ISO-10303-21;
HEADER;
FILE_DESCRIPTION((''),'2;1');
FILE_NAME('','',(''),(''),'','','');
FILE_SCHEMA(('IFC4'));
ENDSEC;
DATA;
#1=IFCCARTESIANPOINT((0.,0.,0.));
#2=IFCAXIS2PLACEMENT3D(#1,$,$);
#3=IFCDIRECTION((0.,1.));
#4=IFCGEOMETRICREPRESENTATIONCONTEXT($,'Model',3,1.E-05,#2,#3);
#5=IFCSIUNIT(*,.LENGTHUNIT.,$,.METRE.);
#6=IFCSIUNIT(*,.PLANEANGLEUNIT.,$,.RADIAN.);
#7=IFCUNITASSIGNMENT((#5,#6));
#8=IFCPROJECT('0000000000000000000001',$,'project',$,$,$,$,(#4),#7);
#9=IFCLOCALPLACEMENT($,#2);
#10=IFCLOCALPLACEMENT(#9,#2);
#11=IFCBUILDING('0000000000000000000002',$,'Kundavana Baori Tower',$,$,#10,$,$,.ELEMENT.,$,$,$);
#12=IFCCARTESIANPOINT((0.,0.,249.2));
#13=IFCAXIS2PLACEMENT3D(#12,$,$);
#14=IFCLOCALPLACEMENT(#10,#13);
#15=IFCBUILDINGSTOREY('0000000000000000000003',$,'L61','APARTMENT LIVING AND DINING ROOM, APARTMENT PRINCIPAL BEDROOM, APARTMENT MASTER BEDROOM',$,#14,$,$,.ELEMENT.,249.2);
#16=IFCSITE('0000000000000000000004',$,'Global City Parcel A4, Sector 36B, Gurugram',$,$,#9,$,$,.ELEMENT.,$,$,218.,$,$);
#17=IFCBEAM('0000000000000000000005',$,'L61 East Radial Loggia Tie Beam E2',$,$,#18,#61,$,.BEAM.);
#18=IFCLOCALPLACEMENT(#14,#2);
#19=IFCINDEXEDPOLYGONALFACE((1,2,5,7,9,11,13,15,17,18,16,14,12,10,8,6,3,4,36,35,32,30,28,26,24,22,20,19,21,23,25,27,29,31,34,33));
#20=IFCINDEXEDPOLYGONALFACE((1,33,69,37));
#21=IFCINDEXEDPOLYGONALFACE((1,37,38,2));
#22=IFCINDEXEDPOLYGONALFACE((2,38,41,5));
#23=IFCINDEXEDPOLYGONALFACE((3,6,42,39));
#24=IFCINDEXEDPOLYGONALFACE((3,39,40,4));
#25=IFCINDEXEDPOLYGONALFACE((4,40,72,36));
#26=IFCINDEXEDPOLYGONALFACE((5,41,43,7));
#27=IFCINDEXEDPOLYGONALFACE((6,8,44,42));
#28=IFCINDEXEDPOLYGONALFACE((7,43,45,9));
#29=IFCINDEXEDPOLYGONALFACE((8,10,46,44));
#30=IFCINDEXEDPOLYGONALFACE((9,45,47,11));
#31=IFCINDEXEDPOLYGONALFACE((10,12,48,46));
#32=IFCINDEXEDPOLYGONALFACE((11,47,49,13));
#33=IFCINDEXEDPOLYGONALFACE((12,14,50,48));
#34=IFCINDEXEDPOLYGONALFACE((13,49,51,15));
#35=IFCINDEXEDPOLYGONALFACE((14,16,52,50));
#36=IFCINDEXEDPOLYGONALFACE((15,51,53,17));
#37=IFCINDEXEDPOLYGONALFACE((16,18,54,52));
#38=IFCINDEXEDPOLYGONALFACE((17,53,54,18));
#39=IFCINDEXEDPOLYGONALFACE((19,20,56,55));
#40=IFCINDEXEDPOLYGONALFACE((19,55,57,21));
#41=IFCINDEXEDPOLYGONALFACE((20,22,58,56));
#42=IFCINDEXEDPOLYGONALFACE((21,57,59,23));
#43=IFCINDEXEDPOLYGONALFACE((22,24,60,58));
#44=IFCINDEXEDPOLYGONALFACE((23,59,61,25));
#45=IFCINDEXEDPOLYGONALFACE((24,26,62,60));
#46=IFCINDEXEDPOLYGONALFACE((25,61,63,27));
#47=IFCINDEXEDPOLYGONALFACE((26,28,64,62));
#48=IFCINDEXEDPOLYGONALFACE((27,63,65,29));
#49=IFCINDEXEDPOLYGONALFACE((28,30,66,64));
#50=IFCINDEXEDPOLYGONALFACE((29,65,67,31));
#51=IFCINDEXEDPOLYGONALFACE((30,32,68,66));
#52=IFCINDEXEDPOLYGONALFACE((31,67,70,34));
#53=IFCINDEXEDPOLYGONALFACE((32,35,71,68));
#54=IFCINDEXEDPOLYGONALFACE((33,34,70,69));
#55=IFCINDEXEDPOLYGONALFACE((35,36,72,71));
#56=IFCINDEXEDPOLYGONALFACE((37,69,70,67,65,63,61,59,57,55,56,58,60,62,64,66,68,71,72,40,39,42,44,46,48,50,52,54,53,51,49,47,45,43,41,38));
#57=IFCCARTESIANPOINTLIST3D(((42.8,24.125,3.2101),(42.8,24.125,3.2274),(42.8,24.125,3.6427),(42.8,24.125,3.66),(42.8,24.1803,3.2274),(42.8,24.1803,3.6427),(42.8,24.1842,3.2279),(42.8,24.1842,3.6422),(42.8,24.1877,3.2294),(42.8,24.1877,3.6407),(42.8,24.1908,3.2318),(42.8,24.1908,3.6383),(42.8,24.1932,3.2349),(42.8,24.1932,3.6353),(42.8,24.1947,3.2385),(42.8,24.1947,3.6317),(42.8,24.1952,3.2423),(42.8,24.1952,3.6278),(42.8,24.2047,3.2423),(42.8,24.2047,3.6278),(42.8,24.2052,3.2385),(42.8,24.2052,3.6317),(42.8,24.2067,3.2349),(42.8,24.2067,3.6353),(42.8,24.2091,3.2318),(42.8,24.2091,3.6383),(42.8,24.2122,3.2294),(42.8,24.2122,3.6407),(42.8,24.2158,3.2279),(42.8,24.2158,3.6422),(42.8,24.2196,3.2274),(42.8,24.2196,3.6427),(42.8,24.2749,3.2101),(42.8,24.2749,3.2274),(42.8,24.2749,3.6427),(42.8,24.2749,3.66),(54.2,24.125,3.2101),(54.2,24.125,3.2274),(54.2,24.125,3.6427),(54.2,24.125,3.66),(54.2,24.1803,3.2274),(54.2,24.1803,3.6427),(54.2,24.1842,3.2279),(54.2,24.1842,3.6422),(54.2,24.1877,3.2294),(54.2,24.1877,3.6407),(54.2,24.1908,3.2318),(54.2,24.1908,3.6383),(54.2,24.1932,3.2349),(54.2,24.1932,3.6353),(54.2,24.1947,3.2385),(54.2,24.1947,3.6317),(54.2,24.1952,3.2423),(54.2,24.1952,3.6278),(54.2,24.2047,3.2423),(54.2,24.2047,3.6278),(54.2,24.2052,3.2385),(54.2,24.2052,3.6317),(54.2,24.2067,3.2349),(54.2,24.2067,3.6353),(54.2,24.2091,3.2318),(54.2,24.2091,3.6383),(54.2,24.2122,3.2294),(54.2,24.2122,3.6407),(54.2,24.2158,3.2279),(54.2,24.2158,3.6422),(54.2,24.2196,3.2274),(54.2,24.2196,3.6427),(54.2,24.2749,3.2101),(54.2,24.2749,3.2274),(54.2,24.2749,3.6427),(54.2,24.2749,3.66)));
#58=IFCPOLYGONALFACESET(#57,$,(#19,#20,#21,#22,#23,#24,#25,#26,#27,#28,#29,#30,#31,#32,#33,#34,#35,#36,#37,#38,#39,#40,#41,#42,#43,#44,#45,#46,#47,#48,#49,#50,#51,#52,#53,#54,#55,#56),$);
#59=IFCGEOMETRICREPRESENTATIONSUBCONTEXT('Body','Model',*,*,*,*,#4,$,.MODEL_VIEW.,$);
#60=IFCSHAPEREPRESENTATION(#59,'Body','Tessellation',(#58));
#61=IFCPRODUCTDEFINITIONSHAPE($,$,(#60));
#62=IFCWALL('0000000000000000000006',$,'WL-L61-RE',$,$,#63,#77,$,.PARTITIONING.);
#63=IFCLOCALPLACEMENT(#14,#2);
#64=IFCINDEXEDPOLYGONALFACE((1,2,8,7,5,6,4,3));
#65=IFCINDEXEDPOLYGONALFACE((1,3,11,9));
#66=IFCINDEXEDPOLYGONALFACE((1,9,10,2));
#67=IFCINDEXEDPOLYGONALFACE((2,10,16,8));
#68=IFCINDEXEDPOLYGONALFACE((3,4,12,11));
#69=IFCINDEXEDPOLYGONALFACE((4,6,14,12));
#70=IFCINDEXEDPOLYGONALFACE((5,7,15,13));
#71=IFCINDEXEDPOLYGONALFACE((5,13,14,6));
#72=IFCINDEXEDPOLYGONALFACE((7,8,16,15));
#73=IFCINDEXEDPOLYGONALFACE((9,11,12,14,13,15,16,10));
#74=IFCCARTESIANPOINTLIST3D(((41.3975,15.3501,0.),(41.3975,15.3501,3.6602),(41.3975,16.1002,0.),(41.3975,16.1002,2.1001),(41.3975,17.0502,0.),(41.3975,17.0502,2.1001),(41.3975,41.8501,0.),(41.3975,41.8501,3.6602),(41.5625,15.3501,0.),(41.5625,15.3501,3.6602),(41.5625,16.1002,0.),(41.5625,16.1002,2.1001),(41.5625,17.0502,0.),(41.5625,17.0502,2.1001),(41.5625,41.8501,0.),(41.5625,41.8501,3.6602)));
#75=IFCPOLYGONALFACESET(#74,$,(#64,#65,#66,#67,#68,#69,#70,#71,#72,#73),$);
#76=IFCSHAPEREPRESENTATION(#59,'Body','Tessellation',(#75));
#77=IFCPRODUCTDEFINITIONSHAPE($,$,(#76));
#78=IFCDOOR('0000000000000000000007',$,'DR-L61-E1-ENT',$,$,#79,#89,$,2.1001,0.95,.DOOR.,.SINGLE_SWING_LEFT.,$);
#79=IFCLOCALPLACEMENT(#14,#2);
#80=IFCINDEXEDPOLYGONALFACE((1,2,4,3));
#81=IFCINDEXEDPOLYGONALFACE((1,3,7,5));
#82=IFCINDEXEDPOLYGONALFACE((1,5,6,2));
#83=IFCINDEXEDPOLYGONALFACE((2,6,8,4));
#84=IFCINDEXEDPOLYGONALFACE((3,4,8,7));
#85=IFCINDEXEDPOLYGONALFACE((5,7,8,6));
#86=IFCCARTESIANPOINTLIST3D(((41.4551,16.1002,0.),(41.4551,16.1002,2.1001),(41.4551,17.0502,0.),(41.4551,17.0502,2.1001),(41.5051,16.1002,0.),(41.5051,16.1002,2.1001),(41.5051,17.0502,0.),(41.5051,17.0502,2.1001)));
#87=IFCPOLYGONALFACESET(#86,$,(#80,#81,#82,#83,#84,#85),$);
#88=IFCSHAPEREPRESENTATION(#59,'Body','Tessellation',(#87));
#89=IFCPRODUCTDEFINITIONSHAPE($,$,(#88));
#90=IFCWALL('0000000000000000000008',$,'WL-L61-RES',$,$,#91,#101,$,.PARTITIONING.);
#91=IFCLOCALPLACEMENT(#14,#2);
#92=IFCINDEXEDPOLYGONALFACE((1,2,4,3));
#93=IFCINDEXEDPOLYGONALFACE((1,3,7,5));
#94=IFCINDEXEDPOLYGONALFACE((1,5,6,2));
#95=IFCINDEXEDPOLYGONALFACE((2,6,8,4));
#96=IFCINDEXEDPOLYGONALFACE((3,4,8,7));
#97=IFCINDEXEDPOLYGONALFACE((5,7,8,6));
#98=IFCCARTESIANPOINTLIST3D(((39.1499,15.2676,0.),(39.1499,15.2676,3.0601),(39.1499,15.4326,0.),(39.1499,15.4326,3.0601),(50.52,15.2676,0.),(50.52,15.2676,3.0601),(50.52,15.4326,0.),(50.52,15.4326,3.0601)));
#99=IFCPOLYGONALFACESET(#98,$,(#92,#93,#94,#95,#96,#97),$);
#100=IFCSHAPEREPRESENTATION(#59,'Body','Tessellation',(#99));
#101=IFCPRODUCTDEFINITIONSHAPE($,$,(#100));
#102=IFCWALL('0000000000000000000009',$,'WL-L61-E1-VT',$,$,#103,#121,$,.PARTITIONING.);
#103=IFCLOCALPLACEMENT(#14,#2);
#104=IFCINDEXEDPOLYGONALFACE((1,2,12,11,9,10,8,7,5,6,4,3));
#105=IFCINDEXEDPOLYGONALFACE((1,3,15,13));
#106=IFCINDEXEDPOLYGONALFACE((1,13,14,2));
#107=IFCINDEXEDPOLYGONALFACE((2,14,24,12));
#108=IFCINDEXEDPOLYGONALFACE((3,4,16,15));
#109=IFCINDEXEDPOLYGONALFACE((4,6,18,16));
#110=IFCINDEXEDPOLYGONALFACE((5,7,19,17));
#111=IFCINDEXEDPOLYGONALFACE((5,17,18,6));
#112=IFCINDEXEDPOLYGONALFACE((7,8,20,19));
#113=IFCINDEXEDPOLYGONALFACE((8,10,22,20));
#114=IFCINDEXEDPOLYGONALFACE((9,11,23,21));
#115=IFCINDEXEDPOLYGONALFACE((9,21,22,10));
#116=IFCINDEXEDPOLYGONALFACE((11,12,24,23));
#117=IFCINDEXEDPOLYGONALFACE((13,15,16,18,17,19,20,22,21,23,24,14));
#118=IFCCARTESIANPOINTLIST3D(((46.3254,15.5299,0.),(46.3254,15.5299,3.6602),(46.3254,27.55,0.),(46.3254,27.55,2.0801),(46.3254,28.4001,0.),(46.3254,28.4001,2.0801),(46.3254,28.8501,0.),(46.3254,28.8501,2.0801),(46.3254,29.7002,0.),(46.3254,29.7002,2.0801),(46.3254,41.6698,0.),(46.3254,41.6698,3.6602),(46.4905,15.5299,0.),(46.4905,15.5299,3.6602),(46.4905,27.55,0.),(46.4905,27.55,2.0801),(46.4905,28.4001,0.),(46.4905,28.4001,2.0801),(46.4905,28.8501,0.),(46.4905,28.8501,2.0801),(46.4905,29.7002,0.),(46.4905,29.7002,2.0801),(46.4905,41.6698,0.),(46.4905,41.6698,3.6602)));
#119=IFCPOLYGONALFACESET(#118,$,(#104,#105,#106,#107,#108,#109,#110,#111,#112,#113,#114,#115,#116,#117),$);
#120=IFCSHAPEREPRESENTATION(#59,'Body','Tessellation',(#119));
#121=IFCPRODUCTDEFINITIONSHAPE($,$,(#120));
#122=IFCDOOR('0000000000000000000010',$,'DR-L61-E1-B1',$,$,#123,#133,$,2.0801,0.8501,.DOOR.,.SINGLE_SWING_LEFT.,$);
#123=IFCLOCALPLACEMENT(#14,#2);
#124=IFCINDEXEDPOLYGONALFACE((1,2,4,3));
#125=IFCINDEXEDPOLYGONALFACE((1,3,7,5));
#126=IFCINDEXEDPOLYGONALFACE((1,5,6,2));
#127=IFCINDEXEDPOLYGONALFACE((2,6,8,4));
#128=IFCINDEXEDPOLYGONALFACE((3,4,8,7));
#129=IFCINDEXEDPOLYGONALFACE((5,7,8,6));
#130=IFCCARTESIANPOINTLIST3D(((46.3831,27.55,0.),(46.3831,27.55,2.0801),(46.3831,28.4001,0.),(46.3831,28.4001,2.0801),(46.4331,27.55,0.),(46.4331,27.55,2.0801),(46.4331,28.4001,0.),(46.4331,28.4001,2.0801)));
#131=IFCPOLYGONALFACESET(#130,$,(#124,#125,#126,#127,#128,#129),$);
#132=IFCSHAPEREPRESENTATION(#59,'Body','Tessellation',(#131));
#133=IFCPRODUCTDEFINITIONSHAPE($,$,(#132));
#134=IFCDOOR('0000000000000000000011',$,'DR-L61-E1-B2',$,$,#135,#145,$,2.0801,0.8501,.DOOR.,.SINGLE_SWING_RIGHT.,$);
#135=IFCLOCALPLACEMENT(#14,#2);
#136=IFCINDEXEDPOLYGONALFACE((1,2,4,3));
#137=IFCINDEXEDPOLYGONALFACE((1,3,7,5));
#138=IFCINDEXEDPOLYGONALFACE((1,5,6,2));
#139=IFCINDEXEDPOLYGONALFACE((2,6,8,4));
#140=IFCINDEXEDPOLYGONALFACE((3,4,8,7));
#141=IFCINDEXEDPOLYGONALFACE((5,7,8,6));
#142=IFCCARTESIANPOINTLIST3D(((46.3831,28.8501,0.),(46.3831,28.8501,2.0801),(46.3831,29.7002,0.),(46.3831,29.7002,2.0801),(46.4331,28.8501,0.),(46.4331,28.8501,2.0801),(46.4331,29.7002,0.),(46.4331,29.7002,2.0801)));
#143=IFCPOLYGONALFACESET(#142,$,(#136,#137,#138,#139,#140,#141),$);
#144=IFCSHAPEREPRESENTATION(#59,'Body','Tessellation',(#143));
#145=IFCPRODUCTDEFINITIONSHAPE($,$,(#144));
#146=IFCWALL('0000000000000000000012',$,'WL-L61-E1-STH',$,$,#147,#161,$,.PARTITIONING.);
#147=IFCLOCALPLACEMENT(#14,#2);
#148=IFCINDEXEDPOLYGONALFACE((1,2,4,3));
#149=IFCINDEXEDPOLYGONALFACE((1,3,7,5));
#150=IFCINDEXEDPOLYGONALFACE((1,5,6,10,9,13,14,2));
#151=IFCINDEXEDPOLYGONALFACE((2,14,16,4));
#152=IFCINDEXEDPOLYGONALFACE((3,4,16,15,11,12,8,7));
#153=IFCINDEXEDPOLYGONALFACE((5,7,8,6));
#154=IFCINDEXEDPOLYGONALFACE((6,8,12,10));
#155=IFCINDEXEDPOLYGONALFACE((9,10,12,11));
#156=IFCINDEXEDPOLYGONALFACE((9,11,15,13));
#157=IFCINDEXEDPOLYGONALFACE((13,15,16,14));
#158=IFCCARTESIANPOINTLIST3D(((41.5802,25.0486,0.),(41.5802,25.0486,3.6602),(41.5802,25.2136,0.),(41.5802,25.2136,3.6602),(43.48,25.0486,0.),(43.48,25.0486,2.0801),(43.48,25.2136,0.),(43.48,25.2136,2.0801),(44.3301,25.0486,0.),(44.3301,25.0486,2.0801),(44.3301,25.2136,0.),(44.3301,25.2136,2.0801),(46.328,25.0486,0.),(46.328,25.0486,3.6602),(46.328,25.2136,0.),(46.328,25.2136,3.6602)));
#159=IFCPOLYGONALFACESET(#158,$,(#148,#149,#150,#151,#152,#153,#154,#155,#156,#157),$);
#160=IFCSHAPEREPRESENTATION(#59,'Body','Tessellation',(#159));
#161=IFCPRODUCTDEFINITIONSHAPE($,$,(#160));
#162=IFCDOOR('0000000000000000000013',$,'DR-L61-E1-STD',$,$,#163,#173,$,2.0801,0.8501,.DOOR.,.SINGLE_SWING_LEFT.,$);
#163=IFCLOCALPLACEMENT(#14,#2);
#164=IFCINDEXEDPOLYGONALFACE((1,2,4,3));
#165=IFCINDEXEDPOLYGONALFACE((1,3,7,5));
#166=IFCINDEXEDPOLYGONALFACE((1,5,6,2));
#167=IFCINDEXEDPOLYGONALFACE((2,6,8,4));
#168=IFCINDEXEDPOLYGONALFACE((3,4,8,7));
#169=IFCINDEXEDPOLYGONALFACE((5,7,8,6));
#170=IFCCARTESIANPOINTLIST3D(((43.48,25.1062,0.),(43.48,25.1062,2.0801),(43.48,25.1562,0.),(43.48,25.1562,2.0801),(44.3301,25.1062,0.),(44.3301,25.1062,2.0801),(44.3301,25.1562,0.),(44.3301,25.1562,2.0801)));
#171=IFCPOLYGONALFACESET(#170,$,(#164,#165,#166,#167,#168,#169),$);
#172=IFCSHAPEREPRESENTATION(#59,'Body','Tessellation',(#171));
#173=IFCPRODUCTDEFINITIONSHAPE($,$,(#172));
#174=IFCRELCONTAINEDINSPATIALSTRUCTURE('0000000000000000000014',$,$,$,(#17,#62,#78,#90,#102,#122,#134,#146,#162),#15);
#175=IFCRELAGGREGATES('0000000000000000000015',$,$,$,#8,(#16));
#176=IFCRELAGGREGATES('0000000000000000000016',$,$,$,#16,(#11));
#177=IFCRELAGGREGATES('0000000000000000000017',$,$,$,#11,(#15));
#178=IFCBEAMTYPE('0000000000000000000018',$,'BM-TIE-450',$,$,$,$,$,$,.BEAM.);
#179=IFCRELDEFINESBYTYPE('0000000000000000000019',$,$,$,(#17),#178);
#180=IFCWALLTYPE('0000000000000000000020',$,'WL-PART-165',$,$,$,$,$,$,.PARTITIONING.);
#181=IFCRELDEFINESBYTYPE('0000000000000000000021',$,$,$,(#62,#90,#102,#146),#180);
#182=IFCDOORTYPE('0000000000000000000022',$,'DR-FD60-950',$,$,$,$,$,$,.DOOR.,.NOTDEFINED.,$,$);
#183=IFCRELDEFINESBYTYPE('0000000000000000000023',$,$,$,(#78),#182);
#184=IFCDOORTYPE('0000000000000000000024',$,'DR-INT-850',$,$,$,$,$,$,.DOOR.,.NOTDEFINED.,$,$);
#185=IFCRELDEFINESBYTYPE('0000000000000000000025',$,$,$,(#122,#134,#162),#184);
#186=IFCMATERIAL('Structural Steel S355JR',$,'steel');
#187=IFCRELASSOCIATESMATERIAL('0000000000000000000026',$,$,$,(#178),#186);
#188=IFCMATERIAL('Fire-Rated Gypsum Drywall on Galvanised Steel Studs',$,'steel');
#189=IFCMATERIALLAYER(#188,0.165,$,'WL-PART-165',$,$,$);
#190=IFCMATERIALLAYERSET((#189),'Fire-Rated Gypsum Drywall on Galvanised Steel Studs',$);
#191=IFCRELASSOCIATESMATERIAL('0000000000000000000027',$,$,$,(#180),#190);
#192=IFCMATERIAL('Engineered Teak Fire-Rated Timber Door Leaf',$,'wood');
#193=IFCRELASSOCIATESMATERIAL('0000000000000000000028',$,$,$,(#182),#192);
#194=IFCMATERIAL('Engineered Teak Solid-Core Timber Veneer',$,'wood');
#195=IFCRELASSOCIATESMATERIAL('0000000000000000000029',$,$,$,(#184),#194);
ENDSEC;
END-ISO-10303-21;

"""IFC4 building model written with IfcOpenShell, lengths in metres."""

from ifc_helpers import new_model, si_unit, direction, frame, frame_2d, origin, origin_2d, place, context, subcontext, project, spatial, rectangle, i_section, extrude, material, layer, layer_set, material_profile, profile_set, type_object, element, fill, save


model = new_model("IFC4")

# Units and contexts
model_context = context("Model", 3, precision=1e-05, world=origin(), true_north=direction((0.0, 1.0)))
body_context = subcontext(model_context, "Body", "Model", "MODEL_VIEW")
ifc_project = project(units=[si_unit("LENGTHUNIT", "METRE"), si_unit("PLANEANGLEUNIT", "RADIAN")], contexts=[model_context])

# Site, building, storey
site_placement = place(None, origin())
site = spatial("IfcSite", under=ifc_project, at=site_placement, Name="Global City Parcel A4, Sector 36B, Gurugram", CompositionType="ELEMENT", RefElevation=218.0)
building_placement = place(site_placement, origin())
building = spatial("IfcBuilding", under=site, at=building_placement, Name="Kundavana Baori Tower", CompositionType="ELEMENT")
storey_placement = place(building_placement, frame((0.0, 0.0, 249.2)))
storey = spatial("IfcBuildingStorey", under=building, at=storey_placement, Name="L61", Description="APARTMENT LIVING AND DINING ROOM, APARTMENT PRINCIPAL BEDROOM, APARTMENT MASTER BEDROOM", CompositionType="ELEMENT", Elevation=249.2)

# Beam
ifc_material_1 = material(Name="Structural Steel S355JR", Category="steel")
ifc_material_profile_1 = material_profile(ifc_material_1, i_section(OverallWidth=0.1499, OverallDepth=0.45, WebThickness=0.0095, FlangeThickness=0.0173, FilletRadius=0.0149, at=origin_2d()), Name="ISMB 450")
ifc_profile_set_1 = profile_set([ifc_material_profile_1], Name="Structural Steel S355JR")
beam_type_1 = type_object("IfcBeamType", Name="BM-TIE-450", PredefinedType="BEAM", material=ifc_profile_set_1)
beam_1_placement = place(storey_placement, frame((42.8, 24.2, 3.4351), z_axis=(1.0, 0.0, 0.0), x_axis=(0.0, 1.0, 0.0)))
element("IfcBeam", 1, at=beam_1_placement, inside=storey, type_object=beam_type_1, Name="L61 East Radial Loggia Tie Beam E2", PredefinedType="BEAM", context=body_context, shape_type="SweptSolid", body=[
    extrude(i_section(OverallWidth=0.1499, OverallDepth=0.45, WebThickness=0.0095, FlangeThickness=0.0173, FilletRadius=0.0149, at=origin_2d()), origin(), (0.0, 0.0, 1.0), 11.3999),
])

# Wall, opening, door
ifc_material_2 = material(Name="Fire-Rated Gypsum Drywall on Galvanised Steel Studs", Category="steel")
ifc_layer_1 = layer(ifc_material_2, 0.165, Name="WL-PART-165")
ifc_layer_set_1 = layer_set([ifc_layer_1], Name="Fire-Rated Gypsum Drywall on Galvanised Steel Studs")
wall_type_1 = type_object("IfcWallType", Name="WL-PART-165", PredefinedType="PARTITIONING", material=ifc_layer_set_1)
wall_1_placement = place(storey_placement, frame((41.48, 15.3501, 0.0), z_axis=(0.0, 0.0, 1.0), x_axis=(0.0, 1.0, 0.0)))
wall_1 = element("IfcWall", 2, at=wall_1_placement, inside=storey, type_object=wall_type_1, Name="WL-L61-RE", PredefinedType="PARTITIONING", context=body_context, shape_type="SweptSolid", body=[
    extrude(rectangle(XDim=26.5, YDim=0.165, at=frame_2d((13.25, 0.0))), origin(), (0.0, 0.0, 1.0), 3.6602),
])
opening_1_placement = place(wall_1_placement, frame((0.75, 0.0, 0.0)))
opening_1 = element("IfcOpeningElement", 3, at=opening_1_placement, cuts=wall_1, PredefinedType="OPENING", context=body_context, shape_type="SweptSolid", body=[
    extrude(rectangle(XDim=0.95, YDim=2.1001, at=frame_2d((0.4751, 1.05))), frame((0.0, 0.0925, 0.0), z_axis=(0.0, -1.0, 0.0), x_axis=(1.0, 0.0, 0.0)), (0.0, 0.0, 1.0), 0.1851),
])
ifc_material_3 = material(Name="Engineered Teak Fire-Rated Timber Door Leaf", Category="wood")
door_type_1 = type_object("IfcDoorType", Name="DR-FD60-950", OperationType="NOTDEFINED", PredefinedType="DOOR", material=ifc_material_3)
door_1_placement = place(opening_1_placement, origin())
door_1 = element("IfcDoor", 4, at=door_1_placement, inside=storey, type_object=door_type_1, Name="DR-L61-E1-ENT", OperationType="SINGLE_SWING_LEFT", OverallHeight=2.1001, OverallWidth=0.95, PredefinedType="DOOR", context=body_context, shape_type="SweptSolid", body=[
    extrude(rectangle(XDim=0.95, YDim=2.1001, at=frame_2d((0.4751, 1.05))), frame((0.0, 0.0249, 0.0), z_axis=(0.0, -1.0, 0.0), x_axis=(1.0, 0.0, 0.0)), (0.0, 0.0, 1.0), 0.05),
])
fill(opening_1, door_1)

# Wall
wall_2_placement = place(storey_placement, frame((39.1499, 15.3501, 0.0), z_axis=(0.0, 0.0, 1.0), x_axis=(1.0, 0.0, 0.0)))
element("IfcWall", 5, at=wall_2_placement, inside=storey, type_object=wall_type_1, Name="WL-L61-RES", PredefinedType="PARTITIONING", context=body_context, shape_type="SweptSolid", body=[
    extrude(rectangle(XDim=11.3701, YDim=0.165, at=frame_2d((5.6851, 0.0))), origin(), (0.0, 0.0, 1.0), 3.0601),
])

# Wall, openings, doors
wall_3_placement = place(storey_placement, frame((46.408, 15.53, 0.0), z_axis=(0.0, 0.0, 1.0), x_axis=(0.0, 1.0, 0.0)))
wall_3 = element("IfcWall", 6, at=wall_3_placement, inside=storey, type_object=wall_type_1, Name="WL-L61-E1-VT", PredefinedType="PARTITIONING", context=body_context, shape_type="SweptSolid", body=[
    extrude(rectangle(XDim=26.1399, YDim=0.165, at=frame_2d((13.0698, 0.0))), origin(), (0.0, 0.0, 1.0), 3.6602),
])
opening_2_placement = place(wall_3_placement, frame((12.02, 0.0, 0.0)))
opening_2 = element("IfcOpeningElement", 7, at=opening_2_placement, cuts=wall_3, PredefinedType="OPENING", context=body_context, shape_type="SweptSolid", body=[
    extrude(rectangle(XDim=0.8501, YDim=2.0801, at=frame_2d((0.425, 1.04))), frame((0.0, 0.0925, 0.0), z_axis=(0.0, -1.0, 0.0), x_axis=(1.0, 0.0, 0.0)), (0.0, 0.0, 1.0), 0.1851),
])
opening_3_placement = place(wall_3_placement, frame((13.3201, 0.0, 0.0)))
opening_3 = element("IfcOpeningElement", 8, at=opening_3_placement, cuts=wall_3, PredefinedType="OPENING", context=body_context, shape_type="SweptSolid", body=[
    extrude(rectangle(XDim=0.8501, YDim=2.0801, at=frame_2d((0.425, 1.04))), frame((0.0, 0.0925, 0.0), z_axis=(0.0, -1.0, 0.0), x_axis=(1.0, 0.0, 0.0)), (0.0, 0.0, 1.0), 0.1851),
])
ifc_material_4 = material(Name="Engineered Teak Solid-Core Timber Veneer", Category="wood")
door_type_2 = type_object("IfcDoorType", Name="DR-INT-850", OperationType="NOTDEFINED", PredefinedType="DOOR", material=ifc_material_4)
door_2_placement = place(opening_2_placement, origin())
door_2 = element("IfcDoor", 9, at=door_2_placement, inside=storey, type_object=door_type_2, Name="DR-L61-E1-B1", OperationType="SINGLE_SWING_LEFT", OverallHeight=2.0801, OverallWidth=0.8501, PredefinedType="DOOR", context=body_context, shape_type="SweptSolid", body=[
    extrude(rectangle(XDim=0.8501, YDim=2.0801, at=frame_2d((0.425, 1.04))), frame((0.0, 0.0249, 0.0), z_axis=(0.0, -1.0, 0.0), x_axis=(1.0, 0.0, 0.0)), (0.0, 0.0, 1.0), 0.05),
])
fill(opening_2, door_2)
door_3_placement = place(opening_3_placement, origin())
door_3 = element("IfcDoor", 10, at=door_3_placement, inside=storey, type_object=door_type_2, Name="DR-L61-E1-B2", OperationType="SINGLE_SWING_RIGHT", OverallHeight=2.0801, OverallWidth=0.8501, PredefinedType="DOOR", context=body_context, shape_type="SweptSolid", body=[
    extrude(rectangle(XDim=0.8501, YDim=2.0801, at=frame_2d((0.425, 1.04))), frame((0.0, 0.0249, 0.0), z_axis=(0.0, -1.0, 0.0), x_axis=(1.0, 0.0, 0.0)), (0.0, 0.0, 1.0), 0.05),
])
fill(opening_3, door_3)

# Wall, opening, door
wall_4_placement = place(storey_placement, frame((41.5801, 25.1311, 0.0), z_axis=(0.0, 0.0, 1.0), x_axis=(1.0, 0.0, 0.0)))
wall_4 = element("IfcWall", 11, at=wall_4_placement, inside=storey, type_object=wall_type_1, Name="WL-L61-E1-STH", PredefinedType="PARTITIONING", context=body_context, shape_type="SweptSolid", body=[
    extrude(rectangle(XDim=4.7478, YDim=0.165, at=frame_2d((2.374, 0.0))), origin(), (0.0, 0.0, 1.0), 3.6602),
])
opening_4_placement = place(wall_4_placement, frame((1.8999, 0.0, 0.0)))
opening_4 = element("IfcOpeningElement", 12, at=opening_4_placement, cuts=wall_4, PredefinedType="OPENING", context=body_context, shape_type="SweptSolid", body=[
    extrude(rectangle(XDim=0.8501, YDim=2.0801, at=frame_2d((0.425, 1.04))), frame((0.0, 0.0925, 0.0), z_axis=(0.0, -1.0, 0.0), x_axis=(1.0, 0.0, 0.0)), (0.0, 0.0, 1.0), 0.1851),
])
door_4_placement = place(opening_4_placement, frame((0.8501, 0.0, 0.0), z_axis=(0.0, 0.0, 1.0), x_axis=(-1.0, 0.0, 0.0)))
door_4 = element("IfcDoor", 13, at=door_4_placement, inside=storey, type_object=door_type_2, Name="DR-L61-E1-STD", OperationType="SINGLE_SWING_LEFT", OverallHeight=2.0801, OverallWidth=0.8501, PredefinedType="DOOR", context=body_context, shape_type="SweptSolid", body=[
    extrude(rectangle(XDim=0.8501, YDim=2.0801, at=frame_2d((0.425, 1.04))), frame((0.0, 0.0249, 0.0), z_axis=(0.0, -1.0, 0.0), x_axis=(1.0, 0.0, 0.0)), (0.0, 0.0, 1.0), 0.05),
])
fill(opening_4, door_4)

save(model, "model.ifc")
